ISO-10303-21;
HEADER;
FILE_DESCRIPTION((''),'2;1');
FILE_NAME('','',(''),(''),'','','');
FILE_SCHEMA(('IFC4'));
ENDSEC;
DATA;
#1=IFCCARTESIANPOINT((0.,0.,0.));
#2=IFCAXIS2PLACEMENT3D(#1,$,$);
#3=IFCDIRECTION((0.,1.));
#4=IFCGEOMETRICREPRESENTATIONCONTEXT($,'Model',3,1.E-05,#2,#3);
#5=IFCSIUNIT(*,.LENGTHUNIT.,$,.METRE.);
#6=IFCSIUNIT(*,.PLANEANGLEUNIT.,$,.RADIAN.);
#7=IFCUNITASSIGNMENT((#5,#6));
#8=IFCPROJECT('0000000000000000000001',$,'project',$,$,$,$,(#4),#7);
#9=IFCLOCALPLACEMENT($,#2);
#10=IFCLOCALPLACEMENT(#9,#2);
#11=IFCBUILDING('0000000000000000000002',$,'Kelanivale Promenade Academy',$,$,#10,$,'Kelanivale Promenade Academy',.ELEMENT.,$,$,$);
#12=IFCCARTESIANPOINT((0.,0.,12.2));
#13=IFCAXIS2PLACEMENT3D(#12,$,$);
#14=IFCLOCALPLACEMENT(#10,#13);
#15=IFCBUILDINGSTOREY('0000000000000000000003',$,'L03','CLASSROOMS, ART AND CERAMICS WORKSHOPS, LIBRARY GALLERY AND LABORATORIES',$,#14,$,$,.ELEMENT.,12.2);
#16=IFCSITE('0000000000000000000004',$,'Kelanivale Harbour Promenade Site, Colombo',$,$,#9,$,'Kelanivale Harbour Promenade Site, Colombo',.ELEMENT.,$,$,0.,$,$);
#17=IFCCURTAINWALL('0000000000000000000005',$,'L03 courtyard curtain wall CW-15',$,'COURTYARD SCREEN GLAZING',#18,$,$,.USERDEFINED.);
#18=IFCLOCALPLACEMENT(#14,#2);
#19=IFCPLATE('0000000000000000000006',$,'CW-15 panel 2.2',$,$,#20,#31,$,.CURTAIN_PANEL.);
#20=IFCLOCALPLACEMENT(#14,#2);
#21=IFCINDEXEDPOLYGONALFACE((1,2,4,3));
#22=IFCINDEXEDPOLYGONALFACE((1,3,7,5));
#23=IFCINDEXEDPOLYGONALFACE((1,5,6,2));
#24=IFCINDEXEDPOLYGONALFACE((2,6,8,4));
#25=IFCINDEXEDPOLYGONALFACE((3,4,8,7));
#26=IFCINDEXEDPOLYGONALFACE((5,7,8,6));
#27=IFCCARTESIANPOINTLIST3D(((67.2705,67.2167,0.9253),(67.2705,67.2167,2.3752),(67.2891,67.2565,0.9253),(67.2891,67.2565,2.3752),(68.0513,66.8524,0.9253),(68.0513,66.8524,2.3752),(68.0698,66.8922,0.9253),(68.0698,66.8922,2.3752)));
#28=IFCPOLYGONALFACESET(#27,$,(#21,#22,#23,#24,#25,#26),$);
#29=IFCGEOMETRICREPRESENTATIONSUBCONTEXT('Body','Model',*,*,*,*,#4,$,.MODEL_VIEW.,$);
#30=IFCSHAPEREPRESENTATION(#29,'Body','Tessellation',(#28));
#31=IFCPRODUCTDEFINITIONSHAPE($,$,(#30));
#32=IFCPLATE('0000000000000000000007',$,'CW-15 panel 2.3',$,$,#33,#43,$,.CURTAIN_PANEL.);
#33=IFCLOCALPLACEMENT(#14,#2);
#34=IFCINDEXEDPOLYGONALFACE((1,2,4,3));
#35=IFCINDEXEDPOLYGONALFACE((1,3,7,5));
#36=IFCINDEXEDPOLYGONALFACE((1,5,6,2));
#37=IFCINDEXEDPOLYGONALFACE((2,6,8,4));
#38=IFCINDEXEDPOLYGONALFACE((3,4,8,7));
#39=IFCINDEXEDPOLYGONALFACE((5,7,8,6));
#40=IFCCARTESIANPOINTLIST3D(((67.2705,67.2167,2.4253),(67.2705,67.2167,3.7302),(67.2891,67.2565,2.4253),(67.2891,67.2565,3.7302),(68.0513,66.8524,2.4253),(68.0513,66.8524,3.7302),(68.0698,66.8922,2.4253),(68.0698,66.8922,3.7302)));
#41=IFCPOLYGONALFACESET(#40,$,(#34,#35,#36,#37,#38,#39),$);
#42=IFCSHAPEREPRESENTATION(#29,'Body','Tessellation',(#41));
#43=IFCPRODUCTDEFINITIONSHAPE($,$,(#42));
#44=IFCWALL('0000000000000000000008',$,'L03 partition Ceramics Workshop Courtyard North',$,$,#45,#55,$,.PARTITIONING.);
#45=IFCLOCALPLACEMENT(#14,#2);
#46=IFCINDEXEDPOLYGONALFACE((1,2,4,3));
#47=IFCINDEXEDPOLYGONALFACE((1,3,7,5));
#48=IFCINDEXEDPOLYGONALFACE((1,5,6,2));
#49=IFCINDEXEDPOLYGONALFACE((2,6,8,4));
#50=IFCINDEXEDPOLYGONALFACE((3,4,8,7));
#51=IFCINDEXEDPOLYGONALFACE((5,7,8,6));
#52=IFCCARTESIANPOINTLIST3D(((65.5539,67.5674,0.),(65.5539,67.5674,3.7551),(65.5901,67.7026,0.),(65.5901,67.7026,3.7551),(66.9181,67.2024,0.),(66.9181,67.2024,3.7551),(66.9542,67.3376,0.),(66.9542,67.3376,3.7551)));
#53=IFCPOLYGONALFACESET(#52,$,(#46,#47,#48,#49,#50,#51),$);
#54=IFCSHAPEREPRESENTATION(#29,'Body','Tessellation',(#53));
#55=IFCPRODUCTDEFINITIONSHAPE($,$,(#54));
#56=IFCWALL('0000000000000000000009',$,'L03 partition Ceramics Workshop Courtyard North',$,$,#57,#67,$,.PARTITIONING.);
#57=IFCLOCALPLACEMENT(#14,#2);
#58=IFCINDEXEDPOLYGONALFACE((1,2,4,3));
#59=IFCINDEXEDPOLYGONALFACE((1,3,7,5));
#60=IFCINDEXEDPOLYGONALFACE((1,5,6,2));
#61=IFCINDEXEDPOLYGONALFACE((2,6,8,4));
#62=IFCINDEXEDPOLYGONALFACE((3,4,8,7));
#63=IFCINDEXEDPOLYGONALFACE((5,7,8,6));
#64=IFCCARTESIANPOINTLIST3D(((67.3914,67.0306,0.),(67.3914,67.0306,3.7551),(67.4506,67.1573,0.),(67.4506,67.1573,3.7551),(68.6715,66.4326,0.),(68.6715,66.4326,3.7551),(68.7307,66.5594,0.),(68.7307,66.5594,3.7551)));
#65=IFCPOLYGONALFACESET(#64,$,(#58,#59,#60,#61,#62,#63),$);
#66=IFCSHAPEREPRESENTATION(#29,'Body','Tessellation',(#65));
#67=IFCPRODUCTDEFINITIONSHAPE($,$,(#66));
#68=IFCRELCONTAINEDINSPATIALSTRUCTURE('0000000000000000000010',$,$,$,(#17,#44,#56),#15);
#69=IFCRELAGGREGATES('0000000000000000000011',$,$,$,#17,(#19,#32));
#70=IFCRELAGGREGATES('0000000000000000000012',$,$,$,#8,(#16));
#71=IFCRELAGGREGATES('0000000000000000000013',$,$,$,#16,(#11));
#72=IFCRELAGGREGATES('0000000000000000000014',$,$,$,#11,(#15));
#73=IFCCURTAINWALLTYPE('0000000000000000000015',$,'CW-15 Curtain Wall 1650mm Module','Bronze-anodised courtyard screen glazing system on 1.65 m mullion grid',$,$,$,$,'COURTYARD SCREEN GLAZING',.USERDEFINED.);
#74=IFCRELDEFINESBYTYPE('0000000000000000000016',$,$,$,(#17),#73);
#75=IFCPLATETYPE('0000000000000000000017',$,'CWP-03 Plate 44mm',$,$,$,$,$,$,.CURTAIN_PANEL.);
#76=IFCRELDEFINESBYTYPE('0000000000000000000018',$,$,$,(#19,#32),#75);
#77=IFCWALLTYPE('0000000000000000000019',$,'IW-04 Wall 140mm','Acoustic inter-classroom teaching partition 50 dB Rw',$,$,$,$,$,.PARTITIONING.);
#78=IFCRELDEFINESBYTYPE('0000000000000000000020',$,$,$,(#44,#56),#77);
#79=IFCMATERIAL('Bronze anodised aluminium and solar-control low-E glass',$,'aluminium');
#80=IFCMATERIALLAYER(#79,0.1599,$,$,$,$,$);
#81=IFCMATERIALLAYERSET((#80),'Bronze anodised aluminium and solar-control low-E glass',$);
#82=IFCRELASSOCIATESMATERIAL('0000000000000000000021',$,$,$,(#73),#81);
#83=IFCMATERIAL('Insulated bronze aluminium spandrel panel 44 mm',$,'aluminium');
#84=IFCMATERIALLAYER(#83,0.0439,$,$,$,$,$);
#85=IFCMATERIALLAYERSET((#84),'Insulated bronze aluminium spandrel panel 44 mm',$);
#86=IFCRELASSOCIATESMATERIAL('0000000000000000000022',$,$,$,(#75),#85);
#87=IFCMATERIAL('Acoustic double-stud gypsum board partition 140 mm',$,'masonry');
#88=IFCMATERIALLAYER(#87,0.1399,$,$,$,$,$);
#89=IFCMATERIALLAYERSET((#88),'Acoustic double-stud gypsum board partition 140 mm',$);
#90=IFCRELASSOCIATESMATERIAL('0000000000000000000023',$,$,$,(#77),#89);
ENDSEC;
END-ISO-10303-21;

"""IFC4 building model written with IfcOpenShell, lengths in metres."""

from ifc_helpers import new_model, si_unit, direction, frame, frame_2d, origin, origin_2d, place, context, subcontext, project, spatial, rectangle, extrude, material, layer, layer_set, type_object, element, aggregate, save


model = new_model("IFC4")

# Units and contexts
model_context = context("Model", 3, precision=1e-05, world=origin(), true_north=direction((0.0, 1.0)))
body_context = subcontext(model_context, "Body", "Model", "MODEL_VIEW")
ifc_project = project(units=[si_unit("LENGTHUNIT", "METRE"), si_unit("PLANEANGLEUNIT", "RADIAN")], contexts=[model_context])

# Site, building, storey
site_placement = place(None, origin())
site = spatial("IfcSite", under=ifc_project, at=site_placement, Name="Kelanivale Harbour Promenade Site, Colombo", LongName="Kelanivale Harbour Promenade Site, Colombo", CompositionType="ELEMENT", RefElevation=0.0)
building_placement = place(site_placement, origin())
building = spatial("IfcBuilding", under=site, at=building_placement, Name="Kelanivale Promenade Academy", LongName="Kelanivale Promenade Academy", CompositionType="ELEMENT")
storey_placement = place(building_placement, frame((0.0, 0.0, 12.2)))
storey = spatial("IfcBuildingStorey", under=building, at=storey_placement, Name="L03", Description="CLASSROOMS, ART AND CERAMICS WORKSHOPS, LIBRARY GALLERY AND LABORATORIES", CompositionType="ELEMENT", Elevation=12.2)

# Curtain wall
ifc_material_1 = material(Name="Bronze anodised aluminium and solar-control low-E glass", Category="aluminium")
ifc_layer_1 = layer(ifc_material_1, 0.1599)
ifc_layer_set_1 = layer_set([ifc_layer_1], Name="Bronze anodised aluminium and solar-control low-E glass")
curtain_wall_type_1 = type_object("IfcCurtainWallType", Name="CW-15 Curtain Wall 1650mm Module", Description="Bronze-anodised courtyard screen glazing system on 1.65 m mullion grid", ElementType="COURTYARD SCREEN GLAZING", PredefinedType="USERDEFINED", material=ifc_layer_set_1)
curtain_wall_1_placement = place(storey_placement, origin())
curtain_wall_1 = element("IfcCurtainWall", 1, at=curtain_wall_1_placement, inside=storey, type_object=curtain_wall_type_1, Name="L03 courtyard curtain wall CW-15", ObjectType="COURTYARD SCREEN GLAZING", PredefinedType="USERDEFINED")

# Plates
ifc_material_2 = material(Name="Insulated bronze aluminium spandrel panel 44 mm", Category="aluminium")
ifc_layer_2 = layer(ifc_material_2, 0.0439)
ifc_layer_set_2 = layer_set([ifc_layer_2], Name="Insulated bronze aluminium spandrel panel 44 mm")
plate_type_1 = type_object("IfcPlateType", Name="CWP-03 Plate 44mm", PredefinedType="CURTAIN_PANEL", material=ifc_layer_set_2)
plate_1_placement = place(storey_placement, frame((67.6702, 67.0544, 0.9253), z_axis=(0.0, 0.0, 1.0), x_axis=(-0.906196, 0.422857, 0.0)))
plate_1 = element("IfcPlate", 2, at=plate_1_placement, type_object=plate_type_1, Name="CW-15 panel 2.2", PredefinedType="CURTAIN_PANEL", context=body_context, shape_type="SweptSolid", body=[
    extrude(rectangle(XDim=0.8616, YDim=0.0439, at=origin_2d()), origin(), (0.0, 0.0, 1.0), 1.45),
])
plate_2_placement = place(storey_placement, frame((67.6702, 67.0544, 2.4253), z_axis=(0.0, 0.0, 1.0), x_axis=(-0.906196, 0.422857, 0.0)))
plate_2 = element("IfcPlate", 3, at=plate_2_placement, type_object=plate_type_1, Name="CW-15 panel 2.3", PredefinedType="CURTAIN_PANEL", context=body_context, shape_type="SweptSolid", body=[
    extrude(rectangle(XDim=0.8616, YDim=0.0439, at=origin_2d()), origin(), (0.0, 0.0, 1.0), 1.3049),
])
aggregate(curtain_wall_1, [plate_1, plate_2])

# Walls
ifc_material_3 = material(Name="Acoustic double-stud gypsum board partition 140 mm", Category="masonry")
ifc_layer_3 = layer(ifc_material_3, 0.1399)
ifc_layer_set_3 = layer_set([ifc_layer_3], Name="Acoustic double-stud gypsum board partition 140 mm")
wall_type = type_object("IfcWallType", Name="IW-04 Wall 140mm", Description="Acoustic inter-classroom teaching partition 50 dB Rw", PredefinedType="PARTITIONING", material=ifc_layer_set_3)
wall_1_placement = place(storey_placement, frame((65.572, 67.635, 0.0), z_axis=(0.0, 0.0, 1.0), x_axis=(0.966014, -0.258491, 0.0)))
element("IfcWall", 4, at=wall_1_placement, inside=storey, type_object=wall_type, Name="L03 partition Ceramics Workshop Courtyard North", PredefinedType="PARTITIONING", context=body_context, shape_type="SweptSolid", body=[
    extrude(rectangle(XDim=1.4121, YDim=0.1399, at=frame_2d((0.7061, 0.0))), origin(), (0.0, 0.0, 1.0), 3.7551),
])
wall_2_placement = place(storey_placement, frame((67.4209, 67.094, 0.0), z_axis=(0.0, 0.0, 1.0), x_axis=(0.906033, -0.423207, 0.0)))
element("IfcWall", 5, at=wall_2_placement, inside=storey, type_object=wall_type, Name="L03 partition Ceramics Workshop Courtyard North", PredefinedType="PARTITIONING", context=body_context, shape_type="SweptSolid", body=[
    extrude(rectangle(XDim=1.4128, YDim=0.1399, at=frame_2d((0.7065, 0.0))), origin(), (0.0, 0.0, 1.0), 3.7551),
])

save(model, "model.ifc")
